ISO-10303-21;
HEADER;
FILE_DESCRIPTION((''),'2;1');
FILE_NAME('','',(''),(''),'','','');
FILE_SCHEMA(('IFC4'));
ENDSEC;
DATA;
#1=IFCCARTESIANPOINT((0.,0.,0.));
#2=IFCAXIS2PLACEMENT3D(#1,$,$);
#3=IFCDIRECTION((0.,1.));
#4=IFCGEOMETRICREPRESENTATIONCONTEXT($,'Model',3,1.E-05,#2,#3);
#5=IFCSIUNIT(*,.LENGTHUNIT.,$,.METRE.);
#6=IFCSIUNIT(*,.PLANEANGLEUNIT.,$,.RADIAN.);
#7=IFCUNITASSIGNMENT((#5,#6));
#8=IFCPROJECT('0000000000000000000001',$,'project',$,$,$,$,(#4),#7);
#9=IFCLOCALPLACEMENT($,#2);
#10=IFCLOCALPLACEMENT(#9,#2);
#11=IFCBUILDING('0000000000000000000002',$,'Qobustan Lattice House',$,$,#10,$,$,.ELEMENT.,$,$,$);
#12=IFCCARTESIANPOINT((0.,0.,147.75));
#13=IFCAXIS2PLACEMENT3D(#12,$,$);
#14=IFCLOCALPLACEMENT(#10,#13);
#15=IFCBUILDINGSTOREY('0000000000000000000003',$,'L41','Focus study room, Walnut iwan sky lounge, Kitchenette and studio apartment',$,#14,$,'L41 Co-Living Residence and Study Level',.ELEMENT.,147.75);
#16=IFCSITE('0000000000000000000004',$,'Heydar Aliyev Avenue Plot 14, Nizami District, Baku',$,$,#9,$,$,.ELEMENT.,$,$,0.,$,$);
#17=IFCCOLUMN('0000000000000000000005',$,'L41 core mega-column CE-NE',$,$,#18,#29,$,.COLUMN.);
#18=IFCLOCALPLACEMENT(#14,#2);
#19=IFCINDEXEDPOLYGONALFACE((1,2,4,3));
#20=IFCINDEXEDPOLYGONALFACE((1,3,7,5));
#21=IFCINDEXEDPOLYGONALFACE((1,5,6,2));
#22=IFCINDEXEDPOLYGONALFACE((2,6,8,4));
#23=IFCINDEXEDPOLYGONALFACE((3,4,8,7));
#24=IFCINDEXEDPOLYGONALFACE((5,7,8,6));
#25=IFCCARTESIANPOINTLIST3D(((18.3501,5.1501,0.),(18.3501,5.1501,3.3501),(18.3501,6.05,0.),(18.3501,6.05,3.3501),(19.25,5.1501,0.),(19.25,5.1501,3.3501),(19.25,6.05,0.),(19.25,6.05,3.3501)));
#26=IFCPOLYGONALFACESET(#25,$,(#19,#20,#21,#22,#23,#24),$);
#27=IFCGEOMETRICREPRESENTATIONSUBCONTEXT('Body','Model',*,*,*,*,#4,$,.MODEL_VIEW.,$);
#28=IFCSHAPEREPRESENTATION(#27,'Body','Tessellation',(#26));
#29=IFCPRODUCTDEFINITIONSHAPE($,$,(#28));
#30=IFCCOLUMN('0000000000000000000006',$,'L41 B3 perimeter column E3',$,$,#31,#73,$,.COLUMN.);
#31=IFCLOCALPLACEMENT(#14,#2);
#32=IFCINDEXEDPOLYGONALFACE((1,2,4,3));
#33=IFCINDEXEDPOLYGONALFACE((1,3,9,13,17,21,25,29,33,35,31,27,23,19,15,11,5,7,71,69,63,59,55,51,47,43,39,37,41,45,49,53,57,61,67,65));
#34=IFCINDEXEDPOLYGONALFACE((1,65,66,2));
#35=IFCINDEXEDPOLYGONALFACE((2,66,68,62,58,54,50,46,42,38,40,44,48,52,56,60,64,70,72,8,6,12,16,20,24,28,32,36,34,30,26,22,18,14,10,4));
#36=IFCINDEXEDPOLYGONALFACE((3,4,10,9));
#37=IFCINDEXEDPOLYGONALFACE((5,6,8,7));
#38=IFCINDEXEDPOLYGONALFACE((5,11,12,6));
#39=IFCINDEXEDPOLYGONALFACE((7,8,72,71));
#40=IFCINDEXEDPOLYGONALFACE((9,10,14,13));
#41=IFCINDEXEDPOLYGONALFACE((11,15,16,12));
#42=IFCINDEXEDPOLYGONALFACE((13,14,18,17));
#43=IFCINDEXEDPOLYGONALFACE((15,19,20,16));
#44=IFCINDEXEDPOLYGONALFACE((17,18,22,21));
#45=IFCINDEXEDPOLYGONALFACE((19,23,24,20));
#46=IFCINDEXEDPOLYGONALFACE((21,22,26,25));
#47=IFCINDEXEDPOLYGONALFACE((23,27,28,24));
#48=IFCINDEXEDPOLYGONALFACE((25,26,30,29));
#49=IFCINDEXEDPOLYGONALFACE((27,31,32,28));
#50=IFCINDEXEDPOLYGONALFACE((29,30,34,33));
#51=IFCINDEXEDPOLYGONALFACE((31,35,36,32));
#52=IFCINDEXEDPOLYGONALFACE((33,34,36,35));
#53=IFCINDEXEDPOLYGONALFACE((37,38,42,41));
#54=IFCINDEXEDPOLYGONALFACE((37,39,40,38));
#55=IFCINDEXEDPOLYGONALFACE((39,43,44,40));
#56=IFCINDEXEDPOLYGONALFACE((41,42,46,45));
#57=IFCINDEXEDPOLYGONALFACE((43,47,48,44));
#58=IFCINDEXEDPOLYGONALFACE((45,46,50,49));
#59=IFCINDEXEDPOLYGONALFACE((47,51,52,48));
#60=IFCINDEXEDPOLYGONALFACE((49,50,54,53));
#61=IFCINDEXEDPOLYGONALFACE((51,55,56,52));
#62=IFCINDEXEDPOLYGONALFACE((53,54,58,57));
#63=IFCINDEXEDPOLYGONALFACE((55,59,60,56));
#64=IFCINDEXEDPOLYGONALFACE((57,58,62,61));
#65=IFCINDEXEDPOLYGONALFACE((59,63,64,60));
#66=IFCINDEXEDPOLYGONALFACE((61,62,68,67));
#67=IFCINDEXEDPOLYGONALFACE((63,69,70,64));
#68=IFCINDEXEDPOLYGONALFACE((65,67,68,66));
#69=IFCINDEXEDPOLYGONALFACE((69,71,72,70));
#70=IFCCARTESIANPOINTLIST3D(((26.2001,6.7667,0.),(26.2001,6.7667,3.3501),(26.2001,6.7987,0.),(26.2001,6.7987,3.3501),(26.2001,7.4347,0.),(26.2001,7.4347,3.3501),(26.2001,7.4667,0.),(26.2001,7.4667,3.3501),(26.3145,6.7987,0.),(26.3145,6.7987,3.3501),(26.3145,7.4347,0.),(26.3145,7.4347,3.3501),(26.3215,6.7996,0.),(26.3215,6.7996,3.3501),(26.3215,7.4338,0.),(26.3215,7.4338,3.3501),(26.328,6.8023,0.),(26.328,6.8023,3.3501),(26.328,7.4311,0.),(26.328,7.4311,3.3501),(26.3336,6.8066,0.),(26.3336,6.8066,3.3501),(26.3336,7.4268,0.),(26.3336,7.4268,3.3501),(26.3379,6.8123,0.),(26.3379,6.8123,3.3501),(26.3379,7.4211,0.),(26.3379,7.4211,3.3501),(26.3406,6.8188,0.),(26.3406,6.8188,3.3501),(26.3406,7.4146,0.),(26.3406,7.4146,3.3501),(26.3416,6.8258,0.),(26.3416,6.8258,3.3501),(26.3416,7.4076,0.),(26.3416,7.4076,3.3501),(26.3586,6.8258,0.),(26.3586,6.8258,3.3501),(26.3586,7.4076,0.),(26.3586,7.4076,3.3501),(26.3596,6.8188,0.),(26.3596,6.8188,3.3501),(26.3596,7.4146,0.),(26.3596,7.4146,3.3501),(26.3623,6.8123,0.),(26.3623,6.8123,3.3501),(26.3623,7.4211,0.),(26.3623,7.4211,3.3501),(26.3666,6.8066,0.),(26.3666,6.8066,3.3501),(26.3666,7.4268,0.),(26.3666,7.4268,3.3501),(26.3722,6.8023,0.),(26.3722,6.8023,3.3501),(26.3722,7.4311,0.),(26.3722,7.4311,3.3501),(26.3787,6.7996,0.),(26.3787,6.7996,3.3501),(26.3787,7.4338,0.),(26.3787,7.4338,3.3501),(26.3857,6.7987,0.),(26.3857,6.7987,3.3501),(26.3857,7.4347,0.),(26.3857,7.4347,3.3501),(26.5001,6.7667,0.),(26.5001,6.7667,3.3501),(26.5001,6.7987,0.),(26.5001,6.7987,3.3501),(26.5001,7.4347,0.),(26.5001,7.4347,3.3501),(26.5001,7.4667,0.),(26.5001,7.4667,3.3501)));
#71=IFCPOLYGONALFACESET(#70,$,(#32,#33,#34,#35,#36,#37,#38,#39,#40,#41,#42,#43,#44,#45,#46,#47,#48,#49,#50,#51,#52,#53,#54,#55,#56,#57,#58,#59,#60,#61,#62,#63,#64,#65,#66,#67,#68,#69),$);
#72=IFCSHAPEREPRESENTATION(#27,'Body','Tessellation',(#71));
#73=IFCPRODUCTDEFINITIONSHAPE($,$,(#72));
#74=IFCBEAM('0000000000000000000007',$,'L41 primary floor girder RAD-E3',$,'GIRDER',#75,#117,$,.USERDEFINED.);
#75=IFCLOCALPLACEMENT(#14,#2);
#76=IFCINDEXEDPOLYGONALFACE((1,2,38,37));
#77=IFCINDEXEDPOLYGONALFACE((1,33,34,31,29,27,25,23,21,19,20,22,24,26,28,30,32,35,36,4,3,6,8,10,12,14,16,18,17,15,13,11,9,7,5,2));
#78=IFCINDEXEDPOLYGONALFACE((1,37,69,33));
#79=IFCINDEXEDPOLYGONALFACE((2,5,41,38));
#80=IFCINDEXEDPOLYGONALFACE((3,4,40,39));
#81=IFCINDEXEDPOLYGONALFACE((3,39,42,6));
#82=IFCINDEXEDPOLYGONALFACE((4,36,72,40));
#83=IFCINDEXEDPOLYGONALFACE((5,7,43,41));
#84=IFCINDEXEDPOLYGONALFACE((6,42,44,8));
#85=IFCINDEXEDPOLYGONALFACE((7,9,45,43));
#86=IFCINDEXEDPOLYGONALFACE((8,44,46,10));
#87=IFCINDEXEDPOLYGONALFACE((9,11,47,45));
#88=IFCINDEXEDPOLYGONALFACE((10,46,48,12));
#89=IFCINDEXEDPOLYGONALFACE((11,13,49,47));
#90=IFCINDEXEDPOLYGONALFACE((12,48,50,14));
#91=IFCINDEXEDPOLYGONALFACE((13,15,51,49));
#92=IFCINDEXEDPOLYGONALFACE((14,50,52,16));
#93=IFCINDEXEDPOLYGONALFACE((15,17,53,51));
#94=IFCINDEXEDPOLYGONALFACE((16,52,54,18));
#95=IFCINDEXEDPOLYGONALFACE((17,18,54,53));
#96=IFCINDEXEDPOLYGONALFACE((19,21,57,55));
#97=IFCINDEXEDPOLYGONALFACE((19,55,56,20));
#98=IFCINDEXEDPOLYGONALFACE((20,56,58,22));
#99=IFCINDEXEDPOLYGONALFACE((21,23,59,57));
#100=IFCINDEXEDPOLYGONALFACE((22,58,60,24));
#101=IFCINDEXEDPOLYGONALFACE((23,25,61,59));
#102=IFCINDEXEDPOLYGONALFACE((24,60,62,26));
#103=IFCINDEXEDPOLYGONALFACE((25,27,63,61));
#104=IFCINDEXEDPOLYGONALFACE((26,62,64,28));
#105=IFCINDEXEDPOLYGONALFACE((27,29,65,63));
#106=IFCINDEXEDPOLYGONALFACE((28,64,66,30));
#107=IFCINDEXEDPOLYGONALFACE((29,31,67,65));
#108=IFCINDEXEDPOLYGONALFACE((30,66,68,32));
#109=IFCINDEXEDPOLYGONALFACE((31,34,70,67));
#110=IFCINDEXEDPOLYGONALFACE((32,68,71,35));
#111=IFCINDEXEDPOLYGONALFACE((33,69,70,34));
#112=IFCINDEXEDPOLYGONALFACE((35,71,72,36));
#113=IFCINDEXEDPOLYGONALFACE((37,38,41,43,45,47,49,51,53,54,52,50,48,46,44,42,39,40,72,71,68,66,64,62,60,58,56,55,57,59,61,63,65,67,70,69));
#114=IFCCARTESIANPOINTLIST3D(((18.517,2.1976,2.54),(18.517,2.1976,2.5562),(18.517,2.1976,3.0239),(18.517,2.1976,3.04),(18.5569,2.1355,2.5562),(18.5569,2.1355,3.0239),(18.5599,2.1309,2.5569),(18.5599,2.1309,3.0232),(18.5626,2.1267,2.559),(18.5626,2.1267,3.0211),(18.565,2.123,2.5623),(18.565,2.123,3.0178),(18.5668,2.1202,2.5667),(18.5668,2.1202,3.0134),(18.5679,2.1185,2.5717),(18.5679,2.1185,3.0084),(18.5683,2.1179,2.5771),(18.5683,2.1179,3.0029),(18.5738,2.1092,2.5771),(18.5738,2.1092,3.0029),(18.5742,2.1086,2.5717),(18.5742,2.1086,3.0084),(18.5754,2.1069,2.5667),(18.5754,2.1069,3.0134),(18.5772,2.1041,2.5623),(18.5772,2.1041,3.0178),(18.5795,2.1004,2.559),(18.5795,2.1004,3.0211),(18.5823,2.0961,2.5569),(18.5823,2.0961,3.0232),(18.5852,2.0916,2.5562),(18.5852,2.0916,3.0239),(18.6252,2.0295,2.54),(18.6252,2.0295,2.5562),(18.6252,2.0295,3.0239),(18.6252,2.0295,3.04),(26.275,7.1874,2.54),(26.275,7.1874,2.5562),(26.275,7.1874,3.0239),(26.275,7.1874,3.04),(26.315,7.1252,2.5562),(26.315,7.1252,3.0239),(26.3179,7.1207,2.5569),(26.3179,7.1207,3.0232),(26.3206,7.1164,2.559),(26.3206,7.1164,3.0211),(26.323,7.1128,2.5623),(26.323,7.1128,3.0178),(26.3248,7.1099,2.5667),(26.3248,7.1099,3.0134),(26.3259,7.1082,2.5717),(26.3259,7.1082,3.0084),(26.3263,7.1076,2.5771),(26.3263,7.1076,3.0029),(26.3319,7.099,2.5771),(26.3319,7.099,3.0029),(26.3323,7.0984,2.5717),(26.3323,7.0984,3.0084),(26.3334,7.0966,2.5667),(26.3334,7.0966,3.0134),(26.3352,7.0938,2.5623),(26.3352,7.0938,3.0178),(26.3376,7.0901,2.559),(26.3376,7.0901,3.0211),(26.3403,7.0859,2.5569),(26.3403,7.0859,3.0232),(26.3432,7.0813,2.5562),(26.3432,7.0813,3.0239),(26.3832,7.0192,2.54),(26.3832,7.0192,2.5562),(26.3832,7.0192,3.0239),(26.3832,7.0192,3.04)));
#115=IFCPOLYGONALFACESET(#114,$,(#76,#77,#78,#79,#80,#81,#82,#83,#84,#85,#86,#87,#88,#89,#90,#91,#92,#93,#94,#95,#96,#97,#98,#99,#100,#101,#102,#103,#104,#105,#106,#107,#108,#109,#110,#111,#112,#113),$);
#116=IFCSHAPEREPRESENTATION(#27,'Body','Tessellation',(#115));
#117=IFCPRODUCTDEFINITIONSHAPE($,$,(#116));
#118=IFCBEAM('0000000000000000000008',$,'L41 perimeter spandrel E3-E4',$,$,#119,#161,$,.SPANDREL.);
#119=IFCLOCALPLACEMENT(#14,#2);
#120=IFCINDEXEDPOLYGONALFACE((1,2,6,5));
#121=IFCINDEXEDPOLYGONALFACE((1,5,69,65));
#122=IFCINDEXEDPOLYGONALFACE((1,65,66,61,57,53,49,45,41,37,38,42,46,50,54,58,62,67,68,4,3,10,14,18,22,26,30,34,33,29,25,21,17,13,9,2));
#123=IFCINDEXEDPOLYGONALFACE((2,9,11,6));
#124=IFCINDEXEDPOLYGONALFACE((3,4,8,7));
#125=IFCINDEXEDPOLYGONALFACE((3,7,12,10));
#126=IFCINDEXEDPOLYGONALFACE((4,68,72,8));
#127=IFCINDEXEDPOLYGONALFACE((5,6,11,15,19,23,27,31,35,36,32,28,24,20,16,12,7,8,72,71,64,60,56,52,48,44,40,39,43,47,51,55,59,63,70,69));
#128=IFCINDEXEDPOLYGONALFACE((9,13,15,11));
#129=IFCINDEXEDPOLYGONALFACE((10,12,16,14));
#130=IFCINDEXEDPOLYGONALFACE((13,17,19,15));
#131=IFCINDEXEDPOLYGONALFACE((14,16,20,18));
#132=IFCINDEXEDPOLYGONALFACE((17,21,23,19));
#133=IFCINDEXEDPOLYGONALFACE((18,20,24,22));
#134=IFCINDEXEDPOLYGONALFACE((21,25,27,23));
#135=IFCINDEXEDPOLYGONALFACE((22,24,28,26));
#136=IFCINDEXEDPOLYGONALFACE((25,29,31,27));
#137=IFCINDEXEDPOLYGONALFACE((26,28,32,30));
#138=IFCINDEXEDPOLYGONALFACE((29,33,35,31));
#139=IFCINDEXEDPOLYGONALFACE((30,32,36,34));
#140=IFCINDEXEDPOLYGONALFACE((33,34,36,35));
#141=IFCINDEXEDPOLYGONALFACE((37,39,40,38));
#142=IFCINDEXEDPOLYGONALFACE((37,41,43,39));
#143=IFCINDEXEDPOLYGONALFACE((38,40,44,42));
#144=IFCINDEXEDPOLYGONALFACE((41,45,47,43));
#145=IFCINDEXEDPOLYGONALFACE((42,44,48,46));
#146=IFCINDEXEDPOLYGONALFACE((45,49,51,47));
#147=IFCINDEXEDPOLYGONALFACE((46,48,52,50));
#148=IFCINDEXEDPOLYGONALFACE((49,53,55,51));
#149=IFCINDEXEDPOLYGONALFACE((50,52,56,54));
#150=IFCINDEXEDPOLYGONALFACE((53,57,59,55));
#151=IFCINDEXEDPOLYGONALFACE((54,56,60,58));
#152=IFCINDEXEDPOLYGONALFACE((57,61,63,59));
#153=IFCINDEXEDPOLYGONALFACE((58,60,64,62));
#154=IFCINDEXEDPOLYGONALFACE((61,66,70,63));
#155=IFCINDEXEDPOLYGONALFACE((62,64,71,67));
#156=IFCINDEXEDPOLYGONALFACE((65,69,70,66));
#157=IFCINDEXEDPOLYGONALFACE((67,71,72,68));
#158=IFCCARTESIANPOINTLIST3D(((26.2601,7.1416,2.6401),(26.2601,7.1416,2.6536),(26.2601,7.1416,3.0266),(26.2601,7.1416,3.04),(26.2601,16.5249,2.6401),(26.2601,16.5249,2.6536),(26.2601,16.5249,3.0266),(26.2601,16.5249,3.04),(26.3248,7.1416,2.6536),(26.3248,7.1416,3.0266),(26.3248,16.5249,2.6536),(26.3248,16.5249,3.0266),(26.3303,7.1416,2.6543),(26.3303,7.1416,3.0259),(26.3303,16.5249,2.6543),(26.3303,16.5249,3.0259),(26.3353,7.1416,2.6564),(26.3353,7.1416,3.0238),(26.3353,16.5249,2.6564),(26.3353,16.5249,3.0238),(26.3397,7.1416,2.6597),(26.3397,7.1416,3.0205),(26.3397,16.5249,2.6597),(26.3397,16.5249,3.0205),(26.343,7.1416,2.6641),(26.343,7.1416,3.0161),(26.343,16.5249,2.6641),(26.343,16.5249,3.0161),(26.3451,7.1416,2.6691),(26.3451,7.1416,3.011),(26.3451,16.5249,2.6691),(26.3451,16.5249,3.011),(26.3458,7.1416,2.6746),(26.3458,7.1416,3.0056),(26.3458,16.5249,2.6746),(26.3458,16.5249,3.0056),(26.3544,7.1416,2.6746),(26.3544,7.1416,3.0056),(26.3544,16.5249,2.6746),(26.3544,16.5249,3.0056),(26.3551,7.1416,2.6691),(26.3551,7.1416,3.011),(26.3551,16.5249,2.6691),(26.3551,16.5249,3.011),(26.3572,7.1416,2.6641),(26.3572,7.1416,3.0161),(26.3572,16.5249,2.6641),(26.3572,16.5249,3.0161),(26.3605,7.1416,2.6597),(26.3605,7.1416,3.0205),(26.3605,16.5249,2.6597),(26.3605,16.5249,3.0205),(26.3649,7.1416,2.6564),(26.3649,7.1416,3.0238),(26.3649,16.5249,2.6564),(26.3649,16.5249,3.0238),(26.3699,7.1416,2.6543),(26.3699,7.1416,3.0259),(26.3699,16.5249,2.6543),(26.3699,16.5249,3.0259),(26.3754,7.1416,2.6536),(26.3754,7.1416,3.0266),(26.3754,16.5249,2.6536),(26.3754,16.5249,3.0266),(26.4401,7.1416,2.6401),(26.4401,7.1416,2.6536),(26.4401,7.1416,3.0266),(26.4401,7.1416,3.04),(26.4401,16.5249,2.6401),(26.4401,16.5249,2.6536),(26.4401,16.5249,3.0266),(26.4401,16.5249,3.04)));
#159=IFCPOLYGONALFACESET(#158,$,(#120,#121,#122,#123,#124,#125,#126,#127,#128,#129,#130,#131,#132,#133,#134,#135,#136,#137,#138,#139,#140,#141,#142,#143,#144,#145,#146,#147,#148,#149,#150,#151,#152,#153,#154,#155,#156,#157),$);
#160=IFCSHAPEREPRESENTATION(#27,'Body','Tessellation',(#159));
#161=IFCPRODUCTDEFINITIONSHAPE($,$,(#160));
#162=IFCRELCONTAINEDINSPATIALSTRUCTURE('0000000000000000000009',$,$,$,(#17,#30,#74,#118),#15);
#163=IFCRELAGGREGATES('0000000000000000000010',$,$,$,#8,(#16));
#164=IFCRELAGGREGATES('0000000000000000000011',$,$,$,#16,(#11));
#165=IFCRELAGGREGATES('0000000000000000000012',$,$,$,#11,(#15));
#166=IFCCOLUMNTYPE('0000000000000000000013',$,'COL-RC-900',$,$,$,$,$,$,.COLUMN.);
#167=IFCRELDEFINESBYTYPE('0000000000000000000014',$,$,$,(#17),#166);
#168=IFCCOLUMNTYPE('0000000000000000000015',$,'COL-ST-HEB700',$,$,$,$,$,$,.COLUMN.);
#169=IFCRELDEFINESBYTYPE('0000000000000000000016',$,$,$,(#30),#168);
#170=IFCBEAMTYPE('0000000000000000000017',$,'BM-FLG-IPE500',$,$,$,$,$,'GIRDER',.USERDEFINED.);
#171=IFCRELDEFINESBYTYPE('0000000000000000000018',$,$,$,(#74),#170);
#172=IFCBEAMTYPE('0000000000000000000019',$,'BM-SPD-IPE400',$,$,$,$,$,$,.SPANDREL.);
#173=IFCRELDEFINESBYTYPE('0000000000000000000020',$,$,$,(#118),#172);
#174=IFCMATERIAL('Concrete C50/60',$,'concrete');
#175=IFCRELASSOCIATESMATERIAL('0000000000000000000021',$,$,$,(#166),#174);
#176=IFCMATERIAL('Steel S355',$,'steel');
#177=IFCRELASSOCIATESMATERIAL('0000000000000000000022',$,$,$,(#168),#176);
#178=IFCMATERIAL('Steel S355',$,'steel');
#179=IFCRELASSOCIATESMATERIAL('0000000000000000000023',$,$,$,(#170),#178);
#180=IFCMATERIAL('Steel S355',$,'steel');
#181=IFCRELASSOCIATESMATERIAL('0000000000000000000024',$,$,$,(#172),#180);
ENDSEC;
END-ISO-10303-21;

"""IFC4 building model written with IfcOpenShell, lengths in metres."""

from ifc_helpers import new_model, si_unit, direction, frame, origin, origin_2d, place, context, subcontext, project, spatial, rectangle, i_section, extrude, material, material_profile, profile_set, type_object, element, save


model = new_model("IFC4")

# Units and contexts
model_context = context("Model", 3, precision=1e-05, world=origin(), true_north=direction((0.0, 1.0)))
body_context = subcontext(model_context, "Body", "Model", "MODEL_VIEW")
ifc_project = project(units=[si_unit("LENGTHUNIT", "METRE"), si_unit("PLANEANGLEUNIT", "RADIAN")], contexts=[model_context])

# Site, building, storey
site_placement = place(None, origin())
site = spatial("IfcSite", under=ifc_project, at=site_placement, Name="Heydar Aliyev Avenue Plot 14, Nizami District, Baku", CompositionType="ELEMENT", RefElevation=0.0)
building_placement = place(site_placement, origin())
building = spatial("IfcBuilding", under=site, at=building_placement, Name="Qobustan Lattice House", CompositionType="ELEMENT")
storey_placement = place(building_placement, frame((0.0, 0.0, 147.75)))
storey = spatial("IfcBuildingStorey", under=building, at=storey_placement, Name="L41", Description="Focus study room, Walnut iwan sky lounge, Kitchenette and studio apartment", LongName="L41 Co-Living Residence and Study Level", CompositionType="ELEMENT", Elevation=147.75)

# Columns
ifc_material_1 = material(Name="Concrete C50/60", Category="concrete")
ifc_material_profile_1 = material_profile(ifc_material_1, rectangle(XDim=0.8999, YDim=0.8999, at=origin_2d()), Name="RC900x900")
ifc_profile_set_1 = profile_set([ifc_material_profile_1], Name="Concrete C50/60")
column_type_1 = type_object("IfcColumnType", Name="COL-RC-900", PredefinedType="COLUMN", material=ifc_profile_set_1)
column_1_placement = place(storey_placement, frame((18.8, 5.6001, 0.0), z_axis=(0.0, 0.0, 1.0), x_axis=(1.0, 0.0, 0.0)))
element("IfcColumn", 1, at=column_1_placement, inside=storey, type_object=column_type_1, Name="L41 core mega-column CE-NE", PredefinedType="COLUMN", context=body_context, shape_type="SweptSolid", body=[
    extrude(rectangle(XDim=0.8999, YDim=0.8999, at=origin_2d()), origin(), (0.0, 0.0, 1.0), 3.3501),
])
ifc_material_2 = material(Name="Steel S355", Category="steel")
ifc_material_profile_2 = material_profile(ifc_material_2, i_section(OverallWidth=0.3, OverallDepth=0.7, WebThickness=0.0171, FlangeThickness=0.032, FilletRadius=0.0271, at=origin_2d()), Name="HEB700")
ifc_profile_set_2 = profile_set([ifc_material_profile_2], Name="Steel S355")
column_type_2 = type_object("IfcColumnType", Name="COL-ST-HEB700", PredefinedType="COLUMN", material=ifc_profile_set_2)
column_2_placement = place(storey_placement, frame((26.3501, 7.1167, 0.0), z_axis=(0.0, 0.0, 1.0), x_axis=(1.0, 0.0, 0.0)))
element("IfcColumn", 2, at=column_2_placement, inside=storey, type_object=column_type_2, Name="L41 B3 perimeter column E3", PredefinedType="COLUMN", context=body_context, shape_type="SweptSolid", body=[
    extrude(i_section(OverallWidth=0.3, OverallDepth=0.7, WebThickness=0.0171, FlangeThickness=0.032, FilletRadius=0.0271, at=origin_2d()), origin(), (0.0, 0.0, 1.0), 3.3501),
])

# Beams
ifc_material_3 = material(Name="Steel S355", Category="steel")
ifc_material_profile_3 = material_profile(ifc_material_3, i_section(OverallWidth=0.2, OverallDepth=0.5, WebThickness=0.0103, FlangeThickness=0.0161, FilletRadius=0.021, at=origin_2d()), Name="IPE500")
ifc_profile_set_3 = profile_set([ifc_material_profile_3], Name="Steel S355")
beam_type_1 = type_object("IfcBeamType", Name="BM-FLG-IPE500", ElementType="GIRDER", PredefinedType="USERDEFINED", material=ifc_profile_set_3)
beam_1_placement = place(storey_placement, frame((26.3291, 7.1033, 2.79), z_axis=(-0.841059, -0.540944, 0.0), x_axis=(0.540944, -0.841059, 0.0)))
element("IfcBeam", 3, at=beam_1_placement, inside=storey, type_object=beam_type_1, Name="L41 primary floor girder RAD-E3", ObjectType="GIRDER", PredefinedType="USERDEFINED", context=body_context, shape_type="SweptSolid", body=[
    extrude(i_section(OverallWidth=0.2, OverallDepth=0.5, WebThickness=0.0103, FlangeThickness=0.0161, FilletRadius=0.021, at=origin_2d()), origin(), (0.0, 0.0, 1.0), 9.2241),
])
ifc_material_4 = material(Name="Steel S355", Category="steel")
ifc_material_profile_4 = material_profile(ifc_material_4, i_section(OverallWidth=0.1799, OverallDepth=0.3999, WebThickness=0.0085, FlangeThickness=0.0134, FilletRadius=0.021, at=origin_2d()), Name="IPE400")
ifc_profile_set_4 = profile_set([ifc_material_profile_4], Name="Steel S355")
beam_type_2 = type_object("IfcBeamType", Name="BM-SPD-IPE400", PredefinedType="SPANDREL", material=ifc_profile_set_4)
beam_2_placement = place(storey_placement, frame((26.3501, 7.1416, 2.8401), z_axis=(0.0, 1.0, 0.0), x_axis=(-1.0, 0.0, 0.0)))
element("IfcBeam", 4, at=beam_2_placement, inside=storey, type_object=beam_type_2, Name="L41 perimeter spandrel E3-E4", PredefinedType="SPANDREL", context=body_context, shape_type="SweptSolid", body=[
    extrude(i_section(OverallWidth=0.1799, OverallDepth=0.3999, WebThickness=0.0085, FlangeThickness=0.0134, FilletRadius=0.021, at=origin_2d()), origin(), (0.0, 0.0, 1.0), 9.3833),
])

save(model, "model.ifc")
